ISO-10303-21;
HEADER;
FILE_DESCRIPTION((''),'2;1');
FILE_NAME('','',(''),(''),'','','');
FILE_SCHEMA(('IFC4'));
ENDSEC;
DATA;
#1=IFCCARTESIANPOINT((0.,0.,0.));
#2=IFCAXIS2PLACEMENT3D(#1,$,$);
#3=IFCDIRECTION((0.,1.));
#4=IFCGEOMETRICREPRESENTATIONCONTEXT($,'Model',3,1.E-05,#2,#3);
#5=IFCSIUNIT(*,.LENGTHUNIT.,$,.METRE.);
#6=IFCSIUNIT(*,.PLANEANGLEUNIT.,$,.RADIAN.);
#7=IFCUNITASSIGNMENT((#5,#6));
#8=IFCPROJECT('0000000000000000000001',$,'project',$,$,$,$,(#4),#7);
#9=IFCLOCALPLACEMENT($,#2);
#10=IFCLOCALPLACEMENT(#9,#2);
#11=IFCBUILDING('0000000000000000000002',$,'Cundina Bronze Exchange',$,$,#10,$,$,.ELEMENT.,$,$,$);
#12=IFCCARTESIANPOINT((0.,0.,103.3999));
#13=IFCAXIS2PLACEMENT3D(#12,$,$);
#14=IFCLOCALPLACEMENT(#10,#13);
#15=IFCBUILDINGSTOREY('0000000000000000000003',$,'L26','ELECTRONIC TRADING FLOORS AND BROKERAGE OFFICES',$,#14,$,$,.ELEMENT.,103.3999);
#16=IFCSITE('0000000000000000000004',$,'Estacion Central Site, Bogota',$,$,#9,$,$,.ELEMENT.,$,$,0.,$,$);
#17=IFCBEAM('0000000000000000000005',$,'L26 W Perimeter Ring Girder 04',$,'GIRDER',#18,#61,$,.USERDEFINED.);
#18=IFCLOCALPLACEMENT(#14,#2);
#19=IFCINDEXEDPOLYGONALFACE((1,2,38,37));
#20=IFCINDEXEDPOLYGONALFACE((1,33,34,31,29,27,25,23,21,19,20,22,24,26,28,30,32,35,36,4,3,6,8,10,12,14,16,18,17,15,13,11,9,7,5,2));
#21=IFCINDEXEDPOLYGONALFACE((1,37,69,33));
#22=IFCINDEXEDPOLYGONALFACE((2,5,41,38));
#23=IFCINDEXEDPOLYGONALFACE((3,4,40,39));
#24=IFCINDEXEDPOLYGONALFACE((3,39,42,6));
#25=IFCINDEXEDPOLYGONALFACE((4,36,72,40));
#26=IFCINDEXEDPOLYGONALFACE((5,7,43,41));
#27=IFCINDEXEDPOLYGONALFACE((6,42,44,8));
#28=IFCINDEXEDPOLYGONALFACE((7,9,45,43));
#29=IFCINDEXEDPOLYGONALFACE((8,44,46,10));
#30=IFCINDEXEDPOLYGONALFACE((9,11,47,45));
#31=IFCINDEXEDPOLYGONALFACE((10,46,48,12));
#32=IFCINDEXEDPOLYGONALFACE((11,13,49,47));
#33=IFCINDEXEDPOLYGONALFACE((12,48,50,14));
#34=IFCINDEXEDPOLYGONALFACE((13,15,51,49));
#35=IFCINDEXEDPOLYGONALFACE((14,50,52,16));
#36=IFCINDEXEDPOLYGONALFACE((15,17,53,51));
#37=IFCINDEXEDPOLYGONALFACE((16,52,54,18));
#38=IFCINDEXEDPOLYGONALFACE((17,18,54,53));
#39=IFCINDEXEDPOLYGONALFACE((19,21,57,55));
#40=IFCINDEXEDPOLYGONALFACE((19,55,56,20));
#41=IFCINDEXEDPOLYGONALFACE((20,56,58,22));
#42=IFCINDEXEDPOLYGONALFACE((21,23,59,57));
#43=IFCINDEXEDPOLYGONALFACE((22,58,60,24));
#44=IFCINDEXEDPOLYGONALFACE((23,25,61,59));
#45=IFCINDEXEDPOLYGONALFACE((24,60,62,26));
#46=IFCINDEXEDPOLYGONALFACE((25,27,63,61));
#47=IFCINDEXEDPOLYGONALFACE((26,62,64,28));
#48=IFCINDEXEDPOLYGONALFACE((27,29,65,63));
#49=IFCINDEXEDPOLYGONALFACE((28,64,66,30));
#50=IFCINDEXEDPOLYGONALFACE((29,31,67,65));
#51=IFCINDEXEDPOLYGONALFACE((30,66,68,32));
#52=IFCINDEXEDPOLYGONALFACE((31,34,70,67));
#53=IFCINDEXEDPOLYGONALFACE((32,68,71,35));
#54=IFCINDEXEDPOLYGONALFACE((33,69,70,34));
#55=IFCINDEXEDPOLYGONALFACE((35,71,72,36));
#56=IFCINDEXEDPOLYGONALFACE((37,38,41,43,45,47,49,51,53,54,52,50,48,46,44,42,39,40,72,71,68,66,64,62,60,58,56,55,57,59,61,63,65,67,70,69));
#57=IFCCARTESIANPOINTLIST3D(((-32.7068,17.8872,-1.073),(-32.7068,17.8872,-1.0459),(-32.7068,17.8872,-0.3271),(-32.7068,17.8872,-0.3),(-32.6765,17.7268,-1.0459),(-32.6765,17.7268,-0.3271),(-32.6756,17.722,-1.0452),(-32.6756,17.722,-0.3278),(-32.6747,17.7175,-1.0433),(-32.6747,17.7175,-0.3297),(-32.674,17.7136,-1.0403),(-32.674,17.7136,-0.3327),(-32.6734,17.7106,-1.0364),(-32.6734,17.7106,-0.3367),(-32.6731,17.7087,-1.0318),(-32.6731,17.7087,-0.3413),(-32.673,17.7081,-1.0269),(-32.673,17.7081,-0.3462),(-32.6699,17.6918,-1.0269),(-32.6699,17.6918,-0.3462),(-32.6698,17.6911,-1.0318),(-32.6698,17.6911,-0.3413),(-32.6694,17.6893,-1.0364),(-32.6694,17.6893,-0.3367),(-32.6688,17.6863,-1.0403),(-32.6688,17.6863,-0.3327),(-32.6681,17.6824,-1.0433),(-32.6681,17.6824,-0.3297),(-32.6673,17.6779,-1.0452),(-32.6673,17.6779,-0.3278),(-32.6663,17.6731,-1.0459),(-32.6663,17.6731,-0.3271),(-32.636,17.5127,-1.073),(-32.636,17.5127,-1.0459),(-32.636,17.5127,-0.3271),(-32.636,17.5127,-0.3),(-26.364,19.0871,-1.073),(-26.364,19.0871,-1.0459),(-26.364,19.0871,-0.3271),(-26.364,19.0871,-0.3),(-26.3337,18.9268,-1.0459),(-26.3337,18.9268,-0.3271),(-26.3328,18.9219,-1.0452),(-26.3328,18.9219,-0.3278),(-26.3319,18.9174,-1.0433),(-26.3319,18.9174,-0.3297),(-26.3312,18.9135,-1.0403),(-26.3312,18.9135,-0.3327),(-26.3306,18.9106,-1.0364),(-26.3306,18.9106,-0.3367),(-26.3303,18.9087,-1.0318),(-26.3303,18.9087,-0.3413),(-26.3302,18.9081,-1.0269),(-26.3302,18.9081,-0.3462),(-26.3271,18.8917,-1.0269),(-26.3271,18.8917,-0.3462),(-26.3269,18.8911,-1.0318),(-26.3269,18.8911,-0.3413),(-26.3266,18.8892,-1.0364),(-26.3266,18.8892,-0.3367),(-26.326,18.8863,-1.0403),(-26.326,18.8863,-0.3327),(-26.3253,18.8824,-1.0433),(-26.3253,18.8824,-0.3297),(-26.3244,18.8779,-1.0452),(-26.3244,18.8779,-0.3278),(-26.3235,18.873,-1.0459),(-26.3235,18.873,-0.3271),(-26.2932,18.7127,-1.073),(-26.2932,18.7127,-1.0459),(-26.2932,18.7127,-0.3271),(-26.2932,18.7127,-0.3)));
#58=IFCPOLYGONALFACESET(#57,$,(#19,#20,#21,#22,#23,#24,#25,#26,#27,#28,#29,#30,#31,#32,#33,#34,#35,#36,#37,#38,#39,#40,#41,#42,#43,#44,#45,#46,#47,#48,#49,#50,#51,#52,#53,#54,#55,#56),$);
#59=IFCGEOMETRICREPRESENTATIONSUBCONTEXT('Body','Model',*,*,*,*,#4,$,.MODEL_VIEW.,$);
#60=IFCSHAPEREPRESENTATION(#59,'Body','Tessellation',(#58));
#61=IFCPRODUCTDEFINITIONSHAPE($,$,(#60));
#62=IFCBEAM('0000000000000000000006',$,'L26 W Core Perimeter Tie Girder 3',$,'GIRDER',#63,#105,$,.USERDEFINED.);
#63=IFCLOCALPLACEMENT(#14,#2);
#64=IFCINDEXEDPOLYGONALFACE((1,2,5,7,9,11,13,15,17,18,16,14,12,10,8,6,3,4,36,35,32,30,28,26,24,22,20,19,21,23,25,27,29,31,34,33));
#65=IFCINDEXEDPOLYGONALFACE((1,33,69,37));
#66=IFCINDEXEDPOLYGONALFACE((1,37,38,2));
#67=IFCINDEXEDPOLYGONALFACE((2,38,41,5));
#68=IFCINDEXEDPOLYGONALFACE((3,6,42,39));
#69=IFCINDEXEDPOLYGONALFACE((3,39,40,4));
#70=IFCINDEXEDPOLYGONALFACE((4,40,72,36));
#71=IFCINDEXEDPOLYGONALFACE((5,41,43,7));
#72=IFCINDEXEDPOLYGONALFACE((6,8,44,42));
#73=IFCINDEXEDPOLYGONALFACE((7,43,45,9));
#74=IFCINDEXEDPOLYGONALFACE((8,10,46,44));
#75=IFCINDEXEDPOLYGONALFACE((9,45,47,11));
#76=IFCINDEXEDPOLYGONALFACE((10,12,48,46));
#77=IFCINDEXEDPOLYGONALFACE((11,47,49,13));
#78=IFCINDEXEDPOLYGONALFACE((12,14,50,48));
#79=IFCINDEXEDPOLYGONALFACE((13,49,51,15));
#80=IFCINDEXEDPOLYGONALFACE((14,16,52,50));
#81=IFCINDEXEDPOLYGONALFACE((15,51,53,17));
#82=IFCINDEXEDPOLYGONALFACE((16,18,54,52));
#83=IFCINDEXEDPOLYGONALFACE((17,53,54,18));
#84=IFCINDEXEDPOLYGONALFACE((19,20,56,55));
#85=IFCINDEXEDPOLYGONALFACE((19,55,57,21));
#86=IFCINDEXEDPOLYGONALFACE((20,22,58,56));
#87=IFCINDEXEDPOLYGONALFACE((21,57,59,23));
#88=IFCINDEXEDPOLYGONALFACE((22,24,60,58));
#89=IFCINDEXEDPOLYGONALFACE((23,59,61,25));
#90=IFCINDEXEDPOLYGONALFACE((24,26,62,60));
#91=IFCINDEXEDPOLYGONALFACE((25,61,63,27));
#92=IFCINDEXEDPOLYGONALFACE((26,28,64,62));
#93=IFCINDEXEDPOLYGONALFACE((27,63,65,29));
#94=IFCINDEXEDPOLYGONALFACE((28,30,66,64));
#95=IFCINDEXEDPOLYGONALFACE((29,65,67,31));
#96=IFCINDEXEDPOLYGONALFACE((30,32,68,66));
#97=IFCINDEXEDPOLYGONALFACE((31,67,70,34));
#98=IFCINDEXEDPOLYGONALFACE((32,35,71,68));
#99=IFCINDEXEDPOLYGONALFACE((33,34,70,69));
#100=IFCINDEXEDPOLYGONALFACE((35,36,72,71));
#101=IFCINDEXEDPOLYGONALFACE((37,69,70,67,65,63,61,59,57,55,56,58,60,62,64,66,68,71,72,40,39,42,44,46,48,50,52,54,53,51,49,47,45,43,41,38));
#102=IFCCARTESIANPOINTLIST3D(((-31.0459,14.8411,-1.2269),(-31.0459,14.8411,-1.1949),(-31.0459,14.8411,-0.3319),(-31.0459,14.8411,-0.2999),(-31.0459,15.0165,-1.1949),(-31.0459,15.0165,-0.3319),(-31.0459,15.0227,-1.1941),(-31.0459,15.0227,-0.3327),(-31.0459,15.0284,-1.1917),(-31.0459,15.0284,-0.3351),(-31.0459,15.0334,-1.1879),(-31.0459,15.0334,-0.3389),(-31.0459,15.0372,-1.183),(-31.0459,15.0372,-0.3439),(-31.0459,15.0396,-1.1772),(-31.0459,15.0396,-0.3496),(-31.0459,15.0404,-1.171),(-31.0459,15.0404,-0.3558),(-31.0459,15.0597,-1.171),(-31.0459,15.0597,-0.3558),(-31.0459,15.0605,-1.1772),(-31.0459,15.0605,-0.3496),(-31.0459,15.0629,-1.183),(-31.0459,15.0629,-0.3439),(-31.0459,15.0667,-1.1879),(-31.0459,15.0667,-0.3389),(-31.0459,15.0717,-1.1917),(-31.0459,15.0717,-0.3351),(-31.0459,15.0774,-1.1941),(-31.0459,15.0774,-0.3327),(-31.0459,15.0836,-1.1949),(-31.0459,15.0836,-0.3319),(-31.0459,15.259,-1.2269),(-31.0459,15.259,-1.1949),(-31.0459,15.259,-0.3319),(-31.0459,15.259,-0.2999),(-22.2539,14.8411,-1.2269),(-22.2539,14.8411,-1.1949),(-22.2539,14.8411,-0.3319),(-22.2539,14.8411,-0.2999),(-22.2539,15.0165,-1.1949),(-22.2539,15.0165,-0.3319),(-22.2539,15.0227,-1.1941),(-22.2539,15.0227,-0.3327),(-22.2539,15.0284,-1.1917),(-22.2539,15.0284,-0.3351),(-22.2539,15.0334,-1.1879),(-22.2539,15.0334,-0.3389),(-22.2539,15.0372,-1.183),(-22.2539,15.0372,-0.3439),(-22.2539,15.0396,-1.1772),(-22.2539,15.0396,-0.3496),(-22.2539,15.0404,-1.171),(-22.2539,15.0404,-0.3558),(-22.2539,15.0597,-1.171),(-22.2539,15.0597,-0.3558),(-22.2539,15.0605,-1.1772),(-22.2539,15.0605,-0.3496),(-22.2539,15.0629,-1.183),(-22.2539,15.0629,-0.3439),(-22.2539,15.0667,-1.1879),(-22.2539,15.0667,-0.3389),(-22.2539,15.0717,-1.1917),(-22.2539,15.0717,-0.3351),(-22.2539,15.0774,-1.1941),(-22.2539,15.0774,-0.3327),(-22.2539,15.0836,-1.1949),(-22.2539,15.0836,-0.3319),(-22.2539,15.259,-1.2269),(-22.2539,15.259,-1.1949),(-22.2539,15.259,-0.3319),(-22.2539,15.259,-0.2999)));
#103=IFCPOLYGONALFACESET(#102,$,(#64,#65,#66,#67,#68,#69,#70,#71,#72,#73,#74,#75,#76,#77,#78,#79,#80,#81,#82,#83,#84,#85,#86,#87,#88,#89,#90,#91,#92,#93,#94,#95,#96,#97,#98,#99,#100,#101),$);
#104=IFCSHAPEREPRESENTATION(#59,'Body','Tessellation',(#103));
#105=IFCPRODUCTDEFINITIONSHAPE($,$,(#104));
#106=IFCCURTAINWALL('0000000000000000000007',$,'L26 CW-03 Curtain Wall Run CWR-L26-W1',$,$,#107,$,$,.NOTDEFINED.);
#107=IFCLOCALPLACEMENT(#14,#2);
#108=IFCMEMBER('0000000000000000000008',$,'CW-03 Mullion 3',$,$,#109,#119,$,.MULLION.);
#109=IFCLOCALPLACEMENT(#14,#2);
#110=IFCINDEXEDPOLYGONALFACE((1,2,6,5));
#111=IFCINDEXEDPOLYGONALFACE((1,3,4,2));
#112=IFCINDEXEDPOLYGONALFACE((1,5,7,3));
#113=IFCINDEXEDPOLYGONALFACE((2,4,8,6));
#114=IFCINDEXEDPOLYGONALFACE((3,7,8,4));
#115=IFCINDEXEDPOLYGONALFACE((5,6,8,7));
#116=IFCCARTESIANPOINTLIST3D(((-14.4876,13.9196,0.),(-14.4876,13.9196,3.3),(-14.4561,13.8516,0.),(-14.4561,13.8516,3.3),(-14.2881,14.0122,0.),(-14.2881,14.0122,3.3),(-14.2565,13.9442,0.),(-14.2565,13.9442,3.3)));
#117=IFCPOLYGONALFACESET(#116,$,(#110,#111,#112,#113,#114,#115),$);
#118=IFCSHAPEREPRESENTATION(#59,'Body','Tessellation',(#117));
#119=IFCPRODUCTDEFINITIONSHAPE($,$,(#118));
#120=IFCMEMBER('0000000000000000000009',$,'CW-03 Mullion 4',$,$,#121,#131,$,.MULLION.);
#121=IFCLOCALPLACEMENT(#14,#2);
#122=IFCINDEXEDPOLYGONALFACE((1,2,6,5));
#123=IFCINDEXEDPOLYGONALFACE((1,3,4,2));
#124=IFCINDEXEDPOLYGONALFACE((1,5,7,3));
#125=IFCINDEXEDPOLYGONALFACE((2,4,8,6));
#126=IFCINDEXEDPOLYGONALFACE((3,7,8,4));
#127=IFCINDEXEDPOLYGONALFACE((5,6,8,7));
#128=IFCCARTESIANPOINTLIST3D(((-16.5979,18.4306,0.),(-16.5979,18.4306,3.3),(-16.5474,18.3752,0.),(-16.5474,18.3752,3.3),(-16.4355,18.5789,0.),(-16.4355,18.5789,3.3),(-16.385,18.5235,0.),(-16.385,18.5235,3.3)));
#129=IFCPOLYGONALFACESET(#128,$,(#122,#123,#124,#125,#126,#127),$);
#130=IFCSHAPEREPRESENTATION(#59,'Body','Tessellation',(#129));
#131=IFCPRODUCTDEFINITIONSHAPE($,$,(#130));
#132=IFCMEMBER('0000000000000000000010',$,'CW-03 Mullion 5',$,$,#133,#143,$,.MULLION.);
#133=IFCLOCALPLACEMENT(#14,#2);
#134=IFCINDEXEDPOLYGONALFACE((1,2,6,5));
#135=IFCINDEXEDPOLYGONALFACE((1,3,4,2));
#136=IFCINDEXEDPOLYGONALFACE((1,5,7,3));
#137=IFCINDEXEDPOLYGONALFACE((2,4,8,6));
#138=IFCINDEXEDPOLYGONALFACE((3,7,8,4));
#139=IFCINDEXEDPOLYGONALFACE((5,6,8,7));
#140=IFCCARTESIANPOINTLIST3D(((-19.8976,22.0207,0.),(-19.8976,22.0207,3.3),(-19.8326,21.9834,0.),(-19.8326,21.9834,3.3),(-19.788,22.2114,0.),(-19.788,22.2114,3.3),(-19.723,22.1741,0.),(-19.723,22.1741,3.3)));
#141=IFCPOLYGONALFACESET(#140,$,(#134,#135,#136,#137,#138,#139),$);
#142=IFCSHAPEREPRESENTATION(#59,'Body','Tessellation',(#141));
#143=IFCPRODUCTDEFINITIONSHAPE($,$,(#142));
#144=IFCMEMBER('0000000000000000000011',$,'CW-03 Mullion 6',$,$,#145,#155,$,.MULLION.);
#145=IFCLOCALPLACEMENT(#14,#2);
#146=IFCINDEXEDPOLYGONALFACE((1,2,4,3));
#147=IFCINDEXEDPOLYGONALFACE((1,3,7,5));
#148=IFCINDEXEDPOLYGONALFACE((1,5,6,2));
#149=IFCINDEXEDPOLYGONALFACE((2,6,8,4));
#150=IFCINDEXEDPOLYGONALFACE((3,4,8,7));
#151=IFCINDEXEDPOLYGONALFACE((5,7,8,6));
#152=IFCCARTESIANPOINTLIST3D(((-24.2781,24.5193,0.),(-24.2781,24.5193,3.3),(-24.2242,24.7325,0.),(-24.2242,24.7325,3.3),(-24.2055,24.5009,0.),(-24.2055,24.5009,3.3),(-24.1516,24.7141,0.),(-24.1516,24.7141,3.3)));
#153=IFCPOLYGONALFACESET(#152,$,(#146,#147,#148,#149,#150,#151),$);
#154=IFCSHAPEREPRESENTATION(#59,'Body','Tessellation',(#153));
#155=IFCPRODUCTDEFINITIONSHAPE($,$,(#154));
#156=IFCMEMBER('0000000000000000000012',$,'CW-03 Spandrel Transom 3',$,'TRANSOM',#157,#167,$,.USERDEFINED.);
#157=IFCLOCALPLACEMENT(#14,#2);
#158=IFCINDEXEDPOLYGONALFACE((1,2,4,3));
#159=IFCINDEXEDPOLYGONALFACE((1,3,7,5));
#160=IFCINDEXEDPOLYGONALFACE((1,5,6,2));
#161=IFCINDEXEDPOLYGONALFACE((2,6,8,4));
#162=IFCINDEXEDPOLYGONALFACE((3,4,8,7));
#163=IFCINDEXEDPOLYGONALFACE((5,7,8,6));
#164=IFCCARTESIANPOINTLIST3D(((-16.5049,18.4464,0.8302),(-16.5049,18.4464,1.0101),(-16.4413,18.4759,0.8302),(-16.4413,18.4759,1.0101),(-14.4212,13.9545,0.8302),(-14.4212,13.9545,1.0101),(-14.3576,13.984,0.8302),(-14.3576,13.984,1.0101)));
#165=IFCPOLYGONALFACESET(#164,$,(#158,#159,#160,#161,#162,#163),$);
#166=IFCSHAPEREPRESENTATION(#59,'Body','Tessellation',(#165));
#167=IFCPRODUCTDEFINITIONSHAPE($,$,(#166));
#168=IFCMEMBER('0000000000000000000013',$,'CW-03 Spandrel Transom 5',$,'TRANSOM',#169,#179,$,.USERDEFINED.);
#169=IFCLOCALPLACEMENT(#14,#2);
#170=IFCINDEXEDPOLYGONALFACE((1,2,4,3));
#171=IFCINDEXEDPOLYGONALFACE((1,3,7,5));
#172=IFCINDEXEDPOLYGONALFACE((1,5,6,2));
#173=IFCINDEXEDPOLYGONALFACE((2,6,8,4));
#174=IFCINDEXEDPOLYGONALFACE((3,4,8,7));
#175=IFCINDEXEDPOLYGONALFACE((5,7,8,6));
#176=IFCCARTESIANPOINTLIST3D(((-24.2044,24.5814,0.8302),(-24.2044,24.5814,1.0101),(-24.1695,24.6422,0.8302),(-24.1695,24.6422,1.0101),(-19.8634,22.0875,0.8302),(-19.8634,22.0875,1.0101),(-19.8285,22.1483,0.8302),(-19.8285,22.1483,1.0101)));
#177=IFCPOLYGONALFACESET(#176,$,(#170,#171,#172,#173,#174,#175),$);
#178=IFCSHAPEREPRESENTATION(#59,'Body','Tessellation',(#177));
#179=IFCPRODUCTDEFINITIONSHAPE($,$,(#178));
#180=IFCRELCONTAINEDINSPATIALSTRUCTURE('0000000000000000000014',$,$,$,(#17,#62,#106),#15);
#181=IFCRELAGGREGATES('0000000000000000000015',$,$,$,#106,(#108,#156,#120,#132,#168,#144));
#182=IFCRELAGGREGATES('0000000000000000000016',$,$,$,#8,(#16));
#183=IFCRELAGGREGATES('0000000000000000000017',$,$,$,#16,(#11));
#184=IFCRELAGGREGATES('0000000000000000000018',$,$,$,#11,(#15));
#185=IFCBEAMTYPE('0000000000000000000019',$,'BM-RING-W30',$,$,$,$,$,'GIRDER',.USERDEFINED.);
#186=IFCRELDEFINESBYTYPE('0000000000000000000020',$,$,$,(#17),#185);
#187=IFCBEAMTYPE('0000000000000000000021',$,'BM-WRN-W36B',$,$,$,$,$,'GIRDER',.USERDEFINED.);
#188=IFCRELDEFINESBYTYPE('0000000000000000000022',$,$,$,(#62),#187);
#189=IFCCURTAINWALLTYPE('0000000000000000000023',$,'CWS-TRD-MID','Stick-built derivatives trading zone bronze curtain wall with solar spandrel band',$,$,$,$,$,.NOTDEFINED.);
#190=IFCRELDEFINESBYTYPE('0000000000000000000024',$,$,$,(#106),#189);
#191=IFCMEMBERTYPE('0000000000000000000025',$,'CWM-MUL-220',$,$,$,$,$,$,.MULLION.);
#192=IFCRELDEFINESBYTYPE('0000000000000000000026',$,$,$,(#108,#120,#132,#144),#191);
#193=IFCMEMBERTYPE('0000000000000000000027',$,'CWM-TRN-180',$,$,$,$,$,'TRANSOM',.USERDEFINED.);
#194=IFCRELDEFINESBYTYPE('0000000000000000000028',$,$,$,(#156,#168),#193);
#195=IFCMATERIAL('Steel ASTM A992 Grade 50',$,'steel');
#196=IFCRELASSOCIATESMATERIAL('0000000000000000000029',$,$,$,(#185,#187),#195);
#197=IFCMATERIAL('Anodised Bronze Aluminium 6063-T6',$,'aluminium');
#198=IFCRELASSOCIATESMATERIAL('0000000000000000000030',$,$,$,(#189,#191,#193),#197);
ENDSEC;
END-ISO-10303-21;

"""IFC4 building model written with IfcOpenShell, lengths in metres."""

from ifc_helpers import new_model, si_unit, direction, frame, origin, origin_2d, place, context, subcontext, project, spatial, rectangle, i_section, extrude, material, material_profile, profile_set, type_object, element, aggregate, save


model = new_model("IFC4")

# Units and contexts
model_context = context("Model", 3, precision=1e-05, world=origin(), true_north=direction((0.0, 1.0)))
body_context = subcontext(model_context, "Body", "Model", "MODEL_VIEW")
ifc_project = project(units=[si_unit("LENGTHUNIT", "METRE"), si_unit("PLANEANGLEUNIT", "RADIAN")], contexts=[model_context])

# Site, building, storey
site_placement = place(None, origin())
site = spatial("IfcSite", under=ifc_project, at=site_placement, Name="Estacion Central Site, Bogota", CompositionType="ELEMENT", RefElevation=0.0)
building_placement = place(site_placement, origin())
building = spatial("IfcBuilding", under=site, at=building_placement, Name="Cundina Bronze Exchange", CompositionType="ELEMENT")
storey_placement = place(building_placement, frame((0.0, 0.0, 103.3999)))
storey = spatial("IfcBuildingStorey", under=building, at=storey_placement, Name="L26", Description="ELECTRONIC TRADING FLOORS AND BROKERAGE OFFICES", CompositionType="ELEMENT", Elevation=103.3999)

# Shared definitions
ifc_material_1 = material(Name="Steel ASTM A992 Grade 50", Category="steel")

# Beams
ifc_material_profile_1 = material_profile(ifc_material_1, i_section(OverallWidth=0.3811, OverallDepth=0.7729, WebThickness=0.0166, FlangeThickness=0.0271, FilletRadius=0.019, at=origin_2d()), Name="W30X173", Category="steel")
ifc_profile_set_1 = profile_set([ifc_material_profile_1], Name="Steel ASTM A992 Grade 50")
beam_type_1 = type_object("IfcBeamType", Name="BM-RING-W30", ElementType="GIRDER", PredefinedType="USERDEFINED", material=ifc_profile_set_1)
beam_1_placement = place(storey_placement, frame((-26.3286, 18.8999, -0.6865), z_axis=(-0.982571, -0.185887, 0.0), x_axis=(0.185887, -0.982571, 0.0)))
element("IfcBeam", 1, at=beam_1_placement, inside=storey, type_object=beam_type_1, Name="L26 W Perimeter Ring Girder 04", ObjectType="GIRDER", PredefinedType="USERDEFINED", context=body_context, shape_type="SweptSolid", body=[
    extrude(i_section(OverallWidth=0.3811, OverallDepth=0.7729, WebThickness=0.0166, FlangeThickness=0.0271, FilletRadius=0.019, at=origin_2d()), origin(), (0.0, 0.0, 1.0), 6.4553),
])
ifc_material_profile_2 = material_profile(ifc_material_1, i_section(OverallWidth=0.418, OverallDepth=0.927, WebThickness=0.0193, FlangeThickness=0.032, FilletRadius=0.0239, at=origin_2d()), Name="W36X231", Category="steel")
ifc_profile_set_2 = profile_set([ifc_material_profile_2], Name="Steel ASTM A992 Grade 50")
beam_type_2 = type_object("IfcBeamType", Name="BM-WRN-W36B", ElementType="GIRDER", PredefinedType="USERDEFINED", material=ifc_profile_set_2)
beam_2_placement = place(storey_placement, frame((-22.2539, 15.05, -0.7634), z_axis=(-1.0, 0.0, 0.0), x_axis=(0.0, -1.0, 0.0)))
element("IfcBeam", 2, at=beam_2_placement, inside=storey, type_object=beam_type_2, Name="L26 W Core Perimeter Tie Girder 3", ObjectType="GIRDER", PredefinedType="USERDEFINED", context=body_context, shape_type="SweptSolid", body=[
    extrude(i_section(OverallWidth=0.418, OverallDepth=0.927, WebThickness=0.0193, FlangeThickness=0.032, FilletRadius=0.0239, at=origin_2d()), origin(), (0.0, 0.0, 1.0), 8.792),
])

# Curtain wall, members
ifc_material_2 = material(Name="Anodised Bronze Aluminium 6063-T6", Category="aluminium")
curtain_wall_type = type_object("IfcCurtainWallType", Name="CWS-TRD-MID", Description="Stick-built derivatives trading zone bronze curtain wall with solar spandrel band", PredefinedType="NOTDEFINED", material=ifc_material_2)
curtain_wall_placement = place(storey_placement, origin())
curtain_wall = element("IfcCurtainWall", 3, at=curtain_wall_placement, inside=storey, type_object=curtain_wall_type, Name="L26 CW-03 Curtain Wall Run CWR-L26-W1", PredefinedType="NOTDEFINED")
ifc_material_profile_3 = material_profile(ifc_material_2, rectangle(XDim=0.075, YDim=0.22, at=origin_2d()), Name="AL75X220", Category="aluminium")
ifc_profile_set_3 = profile_set([ifc_material_profile_3], Name="Anodised Bronze Aluminium 6063-T6")
member_type_1 = type_object("IfcMemberType", Name="CWM-MUL-220", PredefinedType="MULLION", material=ifc_profile_set_3)
member_1_placement = place(storey_placement, frame((-14.3721, 13.9319, 0.0), z_axis=(0.0, 0.0, 1.0), x_axis=(-0.420877, 0.907117, 0.0)))
member_1 = element("IfcMember", 4, at=member_1_placement, type_object=member_type_1, Name="CW-03 Mullion 3", PredefinedType="MULLION", context=body_context, shape_type="SweptSolid", body=[
    extrude(rectangle(XDim=0.075, YDim=0.22, at=origin_2d()), origin(), (0.0, 0.0, 1.0), 3.3),
])
member_2_placement = place(storey_placement, frame((-16.4915, 18.4771, 0.0), z_axis=(0.0, 0.0, 1.0), x_axis=(-0.674302, 0.738455, 0.0)))
member_2 = element("IfcMember", 5, at=member_2_placement, type_object=member_type_1, Name="CW-03 Mullion 4", PredefinedType="MULLION", context=body_context, shape_type="SweptSolid", body=[
    extrude(rectangle(XDim=0.075, YDim=0.22, at=origin_2d()), origin(), (0.0, 0.0, 1.0), 3.3),
])
member_3_placement = place(storey_placement, frame((-19.8103, 22.0974, 0.0), z_axis=(0.0, 0.0, 1.0), x_axis=(-0.867071, 0.498185, 0.0)))
member_3 = element("IfcMember", 6, at=member_3_placement, type_object=member_type_1, Name="CW-03 Mullion 5", PredefinedType="MULLION", context=body_context, shape_type="SweptSolid", body=[
    extrude(rectangle(XDim=0.075, YDim=0.22, at=origin_2d()), origin(), (0.0, 0.0, 1.0), 3.3),
])
member_4_placement = place(storey_placement, frame((-24.2148, 24.6167, 0.0), z_axis=(0.0, 0.0, 1.0), x_axis=(-0.969488, 0.245138, 0.0)))
member_4 = element("IfcMember", 7, at=member_4_placement, type_object=member_type_1, Name="CW-03 Mullion 6", PredefinedType="MULLION", context=body_context, shape_type="SweptSolid", body=[
    extrude(rectangle(XDim=0.075, YDim=0.22, at=origin_2d()), origin(), (0.0, 0.0, 1.0), 3.3),
])
ifc_material_profile_4 = material_profile(ifc_material_2, rectangle(XDim=0.0701, YDim=0.1799, at=origin_2d()), Name="AL70X180", Category="aluminium")
ifc_profile_set_4 = profile_set([ifc_material_profile_4], Name="Anodised Bronze Aluminium 6063-T6")
member_type_2 = type_object("IfcMemberType", Name="CWM-TRN-180", ElementType="TRANSOM", PredefinedType="USERDEFINED", material=ifc_profile_set_4)
member_5_placement = place(storey_placement, frame((-14.3894, 13.9692, 0.9202), z_axis=(-0.420811, 0.907148, 0.0), x_axis=(-0.907148, -0.420811, 0.0)))
member_5 = element("IfcMember", 8, at=member_5_placement, type_object=member_type_2, Name="CW-03 Spandrel Transom 3", ObjectType="TRANSOM", PredefinedType="USERDEFINED", context=body_context, shape_type="SweptSolid", body=[
    extrude(rectangle(XDim=0.0701, YDim=0.1799, at=origin_2d()), origin(), (0.0, 0.0, 1.0), 4.9517),
])
member_6_placement = place(storey_placement, frame((-19.8459, 22.1179, 0.9202), z_axis=(-0.867097, 0.498139, 0.0), x_axis=(-0.498139, -0.867097, 0.0)))
member_6 = element("IfcMember", 9, at=member_6_placement, type_object=member_type_2, Name="CW-03 Spandrel Transom 5", ObjectType="TRANSOM", PredefinedType="USERDEFINED", context=body_context, shape_type="SweptSolid", body=[
    extrude(rectangle(XDim=0.0701, YDim=0.1799, at=origin_2d()), origin(), (0.0, 0.0, 1.0), 5.0063),
])
aggregate(curtain_wall, [member_1, member_5, member_2, member_3, member_6, member_4])

save(model, "model.ifc")
